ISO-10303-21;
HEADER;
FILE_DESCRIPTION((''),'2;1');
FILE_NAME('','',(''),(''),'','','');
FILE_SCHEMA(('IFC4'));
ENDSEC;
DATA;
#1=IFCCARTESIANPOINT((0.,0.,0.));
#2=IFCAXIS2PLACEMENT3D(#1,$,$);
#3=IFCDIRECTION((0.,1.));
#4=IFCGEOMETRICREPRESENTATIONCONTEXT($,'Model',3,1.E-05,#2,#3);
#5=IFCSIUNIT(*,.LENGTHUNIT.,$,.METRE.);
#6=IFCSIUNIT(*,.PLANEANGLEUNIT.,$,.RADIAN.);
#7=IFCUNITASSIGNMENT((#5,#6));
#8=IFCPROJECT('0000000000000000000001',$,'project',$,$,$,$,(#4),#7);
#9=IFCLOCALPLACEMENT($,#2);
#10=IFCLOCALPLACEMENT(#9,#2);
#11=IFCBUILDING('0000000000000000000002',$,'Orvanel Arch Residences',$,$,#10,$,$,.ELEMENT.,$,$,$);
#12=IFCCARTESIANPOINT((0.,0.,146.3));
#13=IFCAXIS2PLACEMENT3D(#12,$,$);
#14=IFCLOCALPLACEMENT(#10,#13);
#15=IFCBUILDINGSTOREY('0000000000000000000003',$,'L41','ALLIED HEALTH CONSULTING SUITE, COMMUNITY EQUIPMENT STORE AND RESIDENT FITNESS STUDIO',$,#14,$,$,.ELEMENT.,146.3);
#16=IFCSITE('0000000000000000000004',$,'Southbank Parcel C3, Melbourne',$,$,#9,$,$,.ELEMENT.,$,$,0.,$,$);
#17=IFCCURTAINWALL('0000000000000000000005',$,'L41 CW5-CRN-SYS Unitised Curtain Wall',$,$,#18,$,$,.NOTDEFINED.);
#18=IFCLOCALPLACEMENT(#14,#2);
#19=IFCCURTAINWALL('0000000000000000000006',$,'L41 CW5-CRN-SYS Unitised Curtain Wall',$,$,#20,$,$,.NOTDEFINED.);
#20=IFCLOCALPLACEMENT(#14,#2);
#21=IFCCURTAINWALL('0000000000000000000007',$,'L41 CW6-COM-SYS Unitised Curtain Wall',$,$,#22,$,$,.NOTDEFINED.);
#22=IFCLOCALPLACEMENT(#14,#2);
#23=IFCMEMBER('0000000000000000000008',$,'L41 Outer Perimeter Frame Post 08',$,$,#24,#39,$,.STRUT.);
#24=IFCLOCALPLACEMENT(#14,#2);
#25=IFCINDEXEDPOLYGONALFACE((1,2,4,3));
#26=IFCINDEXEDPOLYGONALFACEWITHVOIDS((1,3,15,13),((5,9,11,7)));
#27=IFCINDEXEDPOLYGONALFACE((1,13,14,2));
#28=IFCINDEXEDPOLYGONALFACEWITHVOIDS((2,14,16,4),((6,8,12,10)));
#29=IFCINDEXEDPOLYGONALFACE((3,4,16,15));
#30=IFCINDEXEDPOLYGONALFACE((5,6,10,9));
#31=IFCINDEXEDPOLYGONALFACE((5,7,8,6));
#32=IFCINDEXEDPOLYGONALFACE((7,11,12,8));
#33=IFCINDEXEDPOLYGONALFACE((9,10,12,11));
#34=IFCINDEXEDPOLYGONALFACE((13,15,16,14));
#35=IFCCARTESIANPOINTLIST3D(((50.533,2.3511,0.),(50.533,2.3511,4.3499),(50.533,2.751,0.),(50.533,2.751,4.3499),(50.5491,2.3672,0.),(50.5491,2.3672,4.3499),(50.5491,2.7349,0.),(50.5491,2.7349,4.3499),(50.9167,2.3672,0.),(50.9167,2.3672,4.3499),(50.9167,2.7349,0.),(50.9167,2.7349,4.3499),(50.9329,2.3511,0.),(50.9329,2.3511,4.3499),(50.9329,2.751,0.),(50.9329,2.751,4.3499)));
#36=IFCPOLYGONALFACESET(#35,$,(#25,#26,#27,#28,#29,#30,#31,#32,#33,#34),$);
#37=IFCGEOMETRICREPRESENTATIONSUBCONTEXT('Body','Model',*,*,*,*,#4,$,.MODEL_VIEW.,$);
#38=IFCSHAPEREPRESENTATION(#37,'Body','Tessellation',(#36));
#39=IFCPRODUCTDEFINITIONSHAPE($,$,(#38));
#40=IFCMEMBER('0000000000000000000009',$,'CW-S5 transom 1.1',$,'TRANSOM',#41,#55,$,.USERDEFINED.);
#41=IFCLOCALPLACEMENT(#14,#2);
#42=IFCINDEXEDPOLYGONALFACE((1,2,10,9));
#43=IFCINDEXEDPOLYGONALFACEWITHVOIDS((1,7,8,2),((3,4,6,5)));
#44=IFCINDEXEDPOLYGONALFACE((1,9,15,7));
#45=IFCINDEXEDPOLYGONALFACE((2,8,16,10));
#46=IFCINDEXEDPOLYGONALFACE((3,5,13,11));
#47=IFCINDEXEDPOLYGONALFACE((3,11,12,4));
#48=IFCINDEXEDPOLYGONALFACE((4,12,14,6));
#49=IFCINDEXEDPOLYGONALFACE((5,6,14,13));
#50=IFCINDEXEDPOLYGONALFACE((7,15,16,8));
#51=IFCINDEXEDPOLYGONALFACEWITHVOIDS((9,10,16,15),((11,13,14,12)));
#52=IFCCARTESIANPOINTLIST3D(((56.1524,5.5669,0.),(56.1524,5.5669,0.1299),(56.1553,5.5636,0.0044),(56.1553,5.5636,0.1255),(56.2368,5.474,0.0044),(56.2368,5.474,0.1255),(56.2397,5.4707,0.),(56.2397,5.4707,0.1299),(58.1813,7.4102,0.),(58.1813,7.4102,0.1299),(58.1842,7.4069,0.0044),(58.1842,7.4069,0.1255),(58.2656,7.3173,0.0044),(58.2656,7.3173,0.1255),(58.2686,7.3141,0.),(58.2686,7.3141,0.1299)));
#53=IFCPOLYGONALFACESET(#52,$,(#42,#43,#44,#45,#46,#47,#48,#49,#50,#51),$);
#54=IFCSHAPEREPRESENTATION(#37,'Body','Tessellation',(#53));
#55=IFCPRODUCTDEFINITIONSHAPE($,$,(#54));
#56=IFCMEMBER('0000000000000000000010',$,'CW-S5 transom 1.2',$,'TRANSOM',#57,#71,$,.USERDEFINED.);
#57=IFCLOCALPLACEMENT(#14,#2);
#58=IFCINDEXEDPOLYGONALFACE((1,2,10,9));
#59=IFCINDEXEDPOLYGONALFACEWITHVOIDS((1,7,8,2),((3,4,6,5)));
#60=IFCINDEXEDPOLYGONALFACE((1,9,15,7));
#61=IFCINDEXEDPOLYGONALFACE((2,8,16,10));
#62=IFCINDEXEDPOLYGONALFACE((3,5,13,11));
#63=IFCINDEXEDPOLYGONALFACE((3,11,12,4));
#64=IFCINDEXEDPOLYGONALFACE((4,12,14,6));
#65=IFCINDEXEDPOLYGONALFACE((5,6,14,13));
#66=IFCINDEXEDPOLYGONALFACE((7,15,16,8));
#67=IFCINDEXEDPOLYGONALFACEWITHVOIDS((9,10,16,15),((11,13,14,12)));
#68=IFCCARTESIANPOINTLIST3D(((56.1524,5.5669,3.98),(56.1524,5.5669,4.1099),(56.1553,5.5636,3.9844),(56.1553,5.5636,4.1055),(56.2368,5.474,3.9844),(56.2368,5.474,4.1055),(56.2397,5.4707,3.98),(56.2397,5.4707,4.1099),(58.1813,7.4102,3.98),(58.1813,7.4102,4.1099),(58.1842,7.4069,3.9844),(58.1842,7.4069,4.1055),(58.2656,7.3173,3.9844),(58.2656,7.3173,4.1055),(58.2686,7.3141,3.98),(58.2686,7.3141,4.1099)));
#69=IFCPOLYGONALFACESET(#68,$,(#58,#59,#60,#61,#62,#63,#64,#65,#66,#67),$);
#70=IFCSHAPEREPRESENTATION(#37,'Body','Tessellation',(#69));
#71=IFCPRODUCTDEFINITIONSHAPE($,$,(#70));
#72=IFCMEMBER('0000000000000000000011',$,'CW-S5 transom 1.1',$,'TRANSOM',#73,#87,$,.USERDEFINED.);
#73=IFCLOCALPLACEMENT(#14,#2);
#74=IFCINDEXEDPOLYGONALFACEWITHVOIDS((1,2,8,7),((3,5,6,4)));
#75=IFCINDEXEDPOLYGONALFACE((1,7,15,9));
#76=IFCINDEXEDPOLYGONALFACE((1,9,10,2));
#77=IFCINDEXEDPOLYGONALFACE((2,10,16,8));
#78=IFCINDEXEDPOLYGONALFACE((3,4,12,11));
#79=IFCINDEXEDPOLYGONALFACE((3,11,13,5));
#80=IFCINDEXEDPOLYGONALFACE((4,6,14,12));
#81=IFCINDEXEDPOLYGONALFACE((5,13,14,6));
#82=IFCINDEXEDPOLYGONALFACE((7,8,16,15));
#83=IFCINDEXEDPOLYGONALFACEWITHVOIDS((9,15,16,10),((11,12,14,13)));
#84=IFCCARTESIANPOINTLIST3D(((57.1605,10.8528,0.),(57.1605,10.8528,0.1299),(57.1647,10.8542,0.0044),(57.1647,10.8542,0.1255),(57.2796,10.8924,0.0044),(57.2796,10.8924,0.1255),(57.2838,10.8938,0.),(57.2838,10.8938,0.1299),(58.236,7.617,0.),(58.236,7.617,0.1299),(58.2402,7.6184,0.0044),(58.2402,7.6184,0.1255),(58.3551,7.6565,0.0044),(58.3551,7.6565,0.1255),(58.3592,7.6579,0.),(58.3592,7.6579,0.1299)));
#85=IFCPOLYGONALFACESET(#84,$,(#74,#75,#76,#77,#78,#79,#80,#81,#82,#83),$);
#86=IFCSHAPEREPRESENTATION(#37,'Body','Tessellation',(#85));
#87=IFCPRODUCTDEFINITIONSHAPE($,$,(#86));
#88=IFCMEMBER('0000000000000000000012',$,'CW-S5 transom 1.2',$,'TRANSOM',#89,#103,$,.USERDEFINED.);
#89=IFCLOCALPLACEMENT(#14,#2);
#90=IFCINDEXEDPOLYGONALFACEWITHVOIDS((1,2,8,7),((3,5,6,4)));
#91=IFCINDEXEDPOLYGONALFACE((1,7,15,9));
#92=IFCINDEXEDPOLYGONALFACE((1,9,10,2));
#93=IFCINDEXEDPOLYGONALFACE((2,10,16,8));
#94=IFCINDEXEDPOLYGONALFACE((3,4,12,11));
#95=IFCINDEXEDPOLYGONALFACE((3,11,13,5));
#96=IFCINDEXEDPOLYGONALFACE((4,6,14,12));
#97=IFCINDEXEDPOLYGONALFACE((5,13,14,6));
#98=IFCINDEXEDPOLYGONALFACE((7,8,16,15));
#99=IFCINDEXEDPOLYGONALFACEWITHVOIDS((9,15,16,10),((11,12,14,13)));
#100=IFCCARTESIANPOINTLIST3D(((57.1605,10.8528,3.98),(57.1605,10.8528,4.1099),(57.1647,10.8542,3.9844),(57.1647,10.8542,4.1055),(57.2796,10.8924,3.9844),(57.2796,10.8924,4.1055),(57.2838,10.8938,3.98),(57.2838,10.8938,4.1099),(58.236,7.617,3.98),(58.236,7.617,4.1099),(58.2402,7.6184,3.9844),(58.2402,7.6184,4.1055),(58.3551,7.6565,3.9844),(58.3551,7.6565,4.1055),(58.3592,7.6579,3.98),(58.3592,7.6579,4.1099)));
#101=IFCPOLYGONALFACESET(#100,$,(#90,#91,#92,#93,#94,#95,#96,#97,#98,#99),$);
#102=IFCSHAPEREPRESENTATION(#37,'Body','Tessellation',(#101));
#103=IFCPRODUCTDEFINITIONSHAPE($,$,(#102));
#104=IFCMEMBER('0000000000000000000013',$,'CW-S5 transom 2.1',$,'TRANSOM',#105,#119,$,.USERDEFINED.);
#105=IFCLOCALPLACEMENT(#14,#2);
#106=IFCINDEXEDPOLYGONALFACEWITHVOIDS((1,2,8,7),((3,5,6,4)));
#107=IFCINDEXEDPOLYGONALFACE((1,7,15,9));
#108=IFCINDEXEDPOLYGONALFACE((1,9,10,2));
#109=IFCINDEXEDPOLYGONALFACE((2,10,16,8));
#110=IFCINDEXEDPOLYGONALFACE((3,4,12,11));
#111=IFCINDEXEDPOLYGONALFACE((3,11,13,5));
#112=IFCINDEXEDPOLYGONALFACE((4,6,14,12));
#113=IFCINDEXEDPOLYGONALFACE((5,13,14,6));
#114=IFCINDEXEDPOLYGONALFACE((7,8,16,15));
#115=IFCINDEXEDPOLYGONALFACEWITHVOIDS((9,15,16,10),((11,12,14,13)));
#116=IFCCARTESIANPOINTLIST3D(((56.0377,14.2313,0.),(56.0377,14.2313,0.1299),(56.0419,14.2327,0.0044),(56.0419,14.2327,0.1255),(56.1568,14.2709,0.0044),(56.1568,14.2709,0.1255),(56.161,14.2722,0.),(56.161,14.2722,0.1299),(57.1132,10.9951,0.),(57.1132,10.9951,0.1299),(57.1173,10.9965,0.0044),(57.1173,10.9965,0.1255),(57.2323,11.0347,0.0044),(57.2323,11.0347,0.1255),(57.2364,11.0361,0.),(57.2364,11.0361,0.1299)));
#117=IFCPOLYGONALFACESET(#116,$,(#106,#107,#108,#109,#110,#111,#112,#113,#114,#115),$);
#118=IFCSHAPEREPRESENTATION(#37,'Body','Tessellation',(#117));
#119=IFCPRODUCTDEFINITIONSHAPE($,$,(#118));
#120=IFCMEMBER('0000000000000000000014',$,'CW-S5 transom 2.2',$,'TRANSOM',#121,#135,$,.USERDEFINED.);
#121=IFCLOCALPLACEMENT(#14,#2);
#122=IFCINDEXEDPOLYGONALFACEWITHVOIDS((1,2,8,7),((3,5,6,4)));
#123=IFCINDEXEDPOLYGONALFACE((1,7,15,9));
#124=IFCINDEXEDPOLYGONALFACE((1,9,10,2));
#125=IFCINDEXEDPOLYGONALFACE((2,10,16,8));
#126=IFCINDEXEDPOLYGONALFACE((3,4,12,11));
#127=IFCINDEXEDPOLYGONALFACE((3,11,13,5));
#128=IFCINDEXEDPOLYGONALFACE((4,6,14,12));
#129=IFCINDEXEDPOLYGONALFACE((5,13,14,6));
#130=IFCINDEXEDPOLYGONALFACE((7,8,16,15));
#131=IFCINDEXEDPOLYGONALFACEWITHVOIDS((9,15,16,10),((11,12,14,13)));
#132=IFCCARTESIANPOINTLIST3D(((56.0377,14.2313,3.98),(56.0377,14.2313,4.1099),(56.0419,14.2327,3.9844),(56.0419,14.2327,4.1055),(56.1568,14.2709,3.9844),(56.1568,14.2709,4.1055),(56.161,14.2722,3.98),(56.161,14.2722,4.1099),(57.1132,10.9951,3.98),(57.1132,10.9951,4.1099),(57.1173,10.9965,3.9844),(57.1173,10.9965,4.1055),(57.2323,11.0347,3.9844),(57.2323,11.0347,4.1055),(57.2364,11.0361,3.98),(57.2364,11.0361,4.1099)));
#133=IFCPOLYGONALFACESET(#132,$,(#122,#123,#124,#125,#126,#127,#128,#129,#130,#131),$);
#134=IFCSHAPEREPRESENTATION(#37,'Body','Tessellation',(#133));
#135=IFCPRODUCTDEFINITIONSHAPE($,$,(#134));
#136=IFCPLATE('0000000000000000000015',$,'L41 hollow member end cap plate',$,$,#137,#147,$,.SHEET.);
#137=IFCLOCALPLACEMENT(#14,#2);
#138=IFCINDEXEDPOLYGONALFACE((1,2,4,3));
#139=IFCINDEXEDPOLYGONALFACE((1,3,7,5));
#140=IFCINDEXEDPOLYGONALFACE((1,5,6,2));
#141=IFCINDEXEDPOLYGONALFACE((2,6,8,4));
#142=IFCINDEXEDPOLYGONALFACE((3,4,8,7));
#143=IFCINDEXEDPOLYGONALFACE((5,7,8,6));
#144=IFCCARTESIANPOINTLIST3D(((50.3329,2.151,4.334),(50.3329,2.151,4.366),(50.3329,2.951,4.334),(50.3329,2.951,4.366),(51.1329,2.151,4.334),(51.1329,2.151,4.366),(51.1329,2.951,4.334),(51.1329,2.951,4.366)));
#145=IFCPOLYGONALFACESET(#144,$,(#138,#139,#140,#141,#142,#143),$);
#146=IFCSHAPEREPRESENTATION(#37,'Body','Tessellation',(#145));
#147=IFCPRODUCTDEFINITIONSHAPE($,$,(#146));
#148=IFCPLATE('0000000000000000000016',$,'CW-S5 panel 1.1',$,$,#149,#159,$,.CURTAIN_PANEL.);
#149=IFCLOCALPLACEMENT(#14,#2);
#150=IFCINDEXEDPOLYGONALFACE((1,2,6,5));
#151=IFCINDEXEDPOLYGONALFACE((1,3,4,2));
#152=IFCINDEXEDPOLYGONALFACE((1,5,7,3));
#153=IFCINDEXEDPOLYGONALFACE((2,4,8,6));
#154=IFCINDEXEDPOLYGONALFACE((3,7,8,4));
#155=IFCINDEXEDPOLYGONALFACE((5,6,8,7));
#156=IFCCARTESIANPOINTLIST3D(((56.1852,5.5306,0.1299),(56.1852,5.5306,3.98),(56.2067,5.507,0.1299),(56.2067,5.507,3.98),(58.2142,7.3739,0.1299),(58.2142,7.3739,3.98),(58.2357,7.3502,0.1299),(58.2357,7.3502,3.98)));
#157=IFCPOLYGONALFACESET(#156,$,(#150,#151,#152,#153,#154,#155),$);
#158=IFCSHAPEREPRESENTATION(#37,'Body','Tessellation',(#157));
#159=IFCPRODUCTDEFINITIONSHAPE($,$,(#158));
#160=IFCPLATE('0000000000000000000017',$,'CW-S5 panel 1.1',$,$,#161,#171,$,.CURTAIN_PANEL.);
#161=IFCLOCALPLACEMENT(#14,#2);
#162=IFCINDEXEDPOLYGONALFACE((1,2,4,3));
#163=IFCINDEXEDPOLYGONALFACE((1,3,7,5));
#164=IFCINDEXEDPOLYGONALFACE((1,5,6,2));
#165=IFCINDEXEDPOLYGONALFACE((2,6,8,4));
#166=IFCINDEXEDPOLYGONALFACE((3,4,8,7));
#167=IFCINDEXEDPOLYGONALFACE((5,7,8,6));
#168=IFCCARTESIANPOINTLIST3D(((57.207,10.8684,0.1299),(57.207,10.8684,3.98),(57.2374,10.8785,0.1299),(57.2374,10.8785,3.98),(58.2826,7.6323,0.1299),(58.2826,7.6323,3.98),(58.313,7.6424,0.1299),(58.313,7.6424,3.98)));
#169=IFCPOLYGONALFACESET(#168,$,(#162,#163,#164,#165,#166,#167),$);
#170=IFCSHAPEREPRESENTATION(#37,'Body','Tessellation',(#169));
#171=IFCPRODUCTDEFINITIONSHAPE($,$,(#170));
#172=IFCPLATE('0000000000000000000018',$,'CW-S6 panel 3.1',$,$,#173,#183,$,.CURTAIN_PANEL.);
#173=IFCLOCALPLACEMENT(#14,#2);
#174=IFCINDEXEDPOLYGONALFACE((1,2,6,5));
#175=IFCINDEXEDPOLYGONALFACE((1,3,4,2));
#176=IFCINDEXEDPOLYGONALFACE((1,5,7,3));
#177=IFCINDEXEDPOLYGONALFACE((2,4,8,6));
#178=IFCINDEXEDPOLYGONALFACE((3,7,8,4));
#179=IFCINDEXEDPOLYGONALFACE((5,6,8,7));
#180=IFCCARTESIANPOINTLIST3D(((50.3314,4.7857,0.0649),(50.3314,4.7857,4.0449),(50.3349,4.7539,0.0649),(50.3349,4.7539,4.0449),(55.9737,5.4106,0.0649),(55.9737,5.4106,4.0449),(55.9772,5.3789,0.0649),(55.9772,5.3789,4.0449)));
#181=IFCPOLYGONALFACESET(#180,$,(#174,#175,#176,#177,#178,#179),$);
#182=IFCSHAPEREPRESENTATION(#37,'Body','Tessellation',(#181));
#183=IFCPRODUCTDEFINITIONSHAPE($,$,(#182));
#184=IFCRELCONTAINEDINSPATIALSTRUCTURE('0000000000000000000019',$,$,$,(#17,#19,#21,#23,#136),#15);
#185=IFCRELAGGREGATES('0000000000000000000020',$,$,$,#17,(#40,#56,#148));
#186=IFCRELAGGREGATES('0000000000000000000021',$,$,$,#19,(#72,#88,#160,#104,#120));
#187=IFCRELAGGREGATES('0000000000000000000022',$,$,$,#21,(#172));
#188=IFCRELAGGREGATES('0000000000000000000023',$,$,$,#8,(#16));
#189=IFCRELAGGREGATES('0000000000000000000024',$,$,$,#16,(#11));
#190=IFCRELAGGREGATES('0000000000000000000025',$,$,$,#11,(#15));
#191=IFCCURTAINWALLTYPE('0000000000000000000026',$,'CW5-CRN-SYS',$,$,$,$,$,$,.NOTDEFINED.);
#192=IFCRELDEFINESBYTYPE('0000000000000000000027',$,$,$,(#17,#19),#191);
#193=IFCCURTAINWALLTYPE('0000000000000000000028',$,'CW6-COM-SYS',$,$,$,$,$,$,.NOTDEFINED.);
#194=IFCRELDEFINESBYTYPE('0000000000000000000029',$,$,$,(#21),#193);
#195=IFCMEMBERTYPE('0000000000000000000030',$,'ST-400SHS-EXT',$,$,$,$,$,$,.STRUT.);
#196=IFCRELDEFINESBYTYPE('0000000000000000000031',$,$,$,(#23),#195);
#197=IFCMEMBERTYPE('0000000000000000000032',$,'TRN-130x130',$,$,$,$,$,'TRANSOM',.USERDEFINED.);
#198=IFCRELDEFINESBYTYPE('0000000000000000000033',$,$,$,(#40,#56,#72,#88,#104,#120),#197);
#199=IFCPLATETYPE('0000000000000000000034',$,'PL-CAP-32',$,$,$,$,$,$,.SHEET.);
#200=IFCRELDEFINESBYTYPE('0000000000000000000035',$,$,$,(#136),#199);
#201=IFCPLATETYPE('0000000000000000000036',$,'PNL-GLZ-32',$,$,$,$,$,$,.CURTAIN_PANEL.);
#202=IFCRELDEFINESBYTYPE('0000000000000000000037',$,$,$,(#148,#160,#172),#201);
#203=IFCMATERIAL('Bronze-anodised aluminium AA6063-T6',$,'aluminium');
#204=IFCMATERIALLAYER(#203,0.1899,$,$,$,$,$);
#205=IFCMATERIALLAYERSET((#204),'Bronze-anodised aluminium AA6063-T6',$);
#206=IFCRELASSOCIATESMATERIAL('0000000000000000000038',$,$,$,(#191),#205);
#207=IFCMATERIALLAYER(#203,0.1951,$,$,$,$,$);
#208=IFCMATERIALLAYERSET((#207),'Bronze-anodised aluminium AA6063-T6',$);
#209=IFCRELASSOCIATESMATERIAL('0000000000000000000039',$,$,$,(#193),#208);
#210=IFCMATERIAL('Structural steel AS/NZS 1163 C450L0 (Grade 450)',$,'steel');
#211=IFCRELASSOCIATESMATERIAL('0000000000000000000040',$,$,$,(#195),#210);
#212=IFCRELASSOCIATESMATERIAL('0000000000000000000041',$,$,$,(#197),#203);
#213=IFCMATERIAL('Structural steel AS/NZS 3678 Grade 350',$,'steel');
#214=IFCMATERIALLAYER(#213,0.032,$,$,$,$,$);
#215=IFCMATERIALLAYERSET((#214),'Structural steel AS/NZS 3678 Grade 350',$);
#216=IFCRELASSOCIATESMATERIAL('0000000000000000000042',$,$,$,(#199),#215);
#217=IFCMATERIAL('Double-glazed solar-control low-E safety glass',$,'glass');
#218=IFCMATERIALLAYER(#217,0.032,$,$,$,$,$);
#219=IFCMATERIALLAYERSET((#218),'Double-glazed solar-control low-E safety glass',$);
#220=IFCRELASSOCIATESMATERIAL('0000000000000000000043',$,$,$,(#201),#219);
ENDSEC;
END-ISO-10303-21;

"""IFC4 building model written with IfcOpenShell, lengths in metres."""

from ifc_helpers import new_model, si_unit, direction, frame, origin, origin_2d, place, context, subcontext, project, spatial, rectangle, hollow_rectangle, extrude, material, layer, layer_set, material_profile, profile_set, type_object, element, aggregate, save


model = new_model("IFC4")

# Units and contexts
model_context = context("Model", 3, precision=1e-05, world=origin(), true_north=direction((0.0, 1.0)))
body_context = subcontext(model_context, "Body", "Model", "MODEL_VIEW")
ifc_project = project(units=[si_unit("LENGTHUNIT", "METRE"), si_unit("PLANEANGLEUNIT", "RADIAN")], contexts=[model_context])

# Site, building, storey
site_placement = place(None, origin())
site = spatial("IfcSite", under=ifc_project, at=site_placement, Name="Southbank Parcel C3, Melbourne", CompositionType="ELEMENT", RefElevation=0.0)
building_placement = place(site_placement, origin())
building = spatial("IfcBuilding", under=site, at=building_placement, Name="Orvanel Arch Residences", CompositionType="ELEMENT")
storey_placement = place(building_placement, frame((0.0, 0.0, 146.3)))
storey = spatial("IfcBuildingStorey", under=building, at=storey_placement, Name="L41", Description="ALLIED HEALTH CONSULTING SUITE, COMMUNITY EQUIPMENT STORE AND RESIDENT FITNESS STUDIO", CompositionType="ELEMENT", Elevation=146.3)

# Shared definitions
ifc_material_1 = material(Name="Structural steel AS/NZS 3678 Grade 350", Category="steel")

# Curtain walls
ifc_material_2 = material(Name="Bronze-anodised aluminium AA6063-T6", Category="aluminium")
ifc_layer_1 = layer(ifc_material_2, 0.1899)
ifc_layer_set_1 = layer_set([ifc_layer_1], Name="Bronze-anodised aluminium AA6063-T6")
curtain_wall_type_1 = type_object("IfcCurtainWallType", Name="CW5-CRN-SYS", PredefinedType="NOTDEFINED", material=ifc_layer_set_1)
curtain_wall_1_placement = place(storey_placement, origin())
curtain_wall_1 = element("IfcCurtainWall", 1, at=curtain_wall_1_placement, inside=storey, type_object=curtain_wall_type_1, Name="L41 CW5-CRN-SYS Unitised Curtain Wall", PredefinedType="NOTDEFINED")
curtain_wall_2_placement = place(storey_placement, origin())
curtain_wall_2 = element("IfcCurtainWall", 2, at=curtain_wall_2_placement, inside=storey, type_object=curtain_wall_type_1, Name="L41 CW5-CRN-SYS Unitised Curtain Wall", PredefinedType="NOTDEFINED")

# Curtain wall
ifc_layer_2 = layer(ifc_material_2, 0.1951)
ifc_layer_set_2 = layer_set([ifc_layer_2], Name="Bronze-anodised aluminium AA6063-T6")
curtain_wall_type_2 = type_object("IfcCurtainWallType", Name="CW6-COM-SYS", PredefinedType="NOTDEFINED", material=ifc_layer_set_2)
curtain_wall_3_placement = place(storey_placement, origin())
curtain_wall_3 = element("IfcCurtainWall", 3, at=curtain_wall_3_placement, inside=storey, type_object=curtain_wall_type_2, Name="L41 CW6-COM-SYS Unitised Curtain Wall", PredefinedType="NOTDEFINED")

# Members
ifc_material_3 = material(Name="Structural steel AS/NZS 1163 C450L0 (Grade 450)", Category="steel")
ifc_material_profile_1 = material_profile(ifc_material_3, hollow_rectangle(XDim=0.3999, YDim=0.3999, WallThickness=0.0161, at=origin_2d()), Name="SHS400x400x16")
ifc_profile_set_1 = profile_set([ifc_material_profile_1], Name="Structural steel AS/NZS 1163 C450L0 (Grade 450)")
member_type_1 = type_object("IfcMemberType", Name="ST-400SHS-EXT", PredefinedType="STRUT", material=ifc_profile_set_1)
member_1_placement = place(storey_placement, frame((50.7329, 2.551, 0.0), z_axis=(0.0, 0.0, 1.0), x_axis=(1.0, 0.0, 0.0)))
element("IfcMember", 4, at=member_1_placement, inside=storey, type_object=member_type_1, Name="L41 Outer Perimeter Frame Post 08", PredefinedType="STRUT", context=body_context, shape_type="SweptSolid", body=[
    extrude(hollow_rectangle(XDim=0.3999, YDim=0.3999, WallThickness=0.0161, at=origin_2d()), origin(), (0.0, 0.0, 1.0), 4.3499),
])
ifc_material_profile_2 = material_profile(ifc_material_2, hollow_rectangle(XDim=0.1299, YDim=0.1299, WallThickness=0.0044, at=origin_2d()), Name="ALU130x130x4.5")
ifc_profile_set_2 = profile_set([ifc_material_profile_2], Name="Bronze-anodised aluminium AA6063-T6")
member_type_2 = type_object("IfcMemberType", Name="TRN-130x130", ElementType="TRANSOM", PredefinedType="USERDEFINED", material=ifc_profile_set_2)
member_2_placement = place(storey_placement, frame((56.196, 5.5188, 0.0649), z_axis=(0.740142, 0.672451, 0.0), x_axis=(-0.672451, 0.740142, 0.0)))
member_2 = element("IfcMember", 5, at=member_2_placement, type_object=member_type_2, Name="CW-S5 transom 1.1", ObjectType="TRANSOM", PredefinedType="USERDEFINED", context=body_context, shape_type="SweptSolid", body=[
    extrude(hollow_rectangle(XDim=0.1299, YDim=0.1299, WallThickness=0.0044, at=origin_2d()), origin(), (0.0, 0.0, 1.0), 2.7412),
])
member_3_placement = place(storey_placement, frame((56.196, 5.5188, 4.0449), z_axis=(0.740142, 0.672451, 0.0), x_axis=(-0.672451, 0.740142, 0.0)))
member_3 = element("IfcMember", 6, at=member_3_placement, type_object=member_type_2, Name="CW-S5 transom 1.2", ObjectType="TRANSOM", PredefinedType="USERDEFINED", context=body_context, shape_type="SweptSolid", body=[
    extrude(hollow_rectangle(XDim=0.1299, YDim=0.1299, WallThickness=0.0044, at=origin_2d()), origin(), (0.0, 0.0, 1.0), 2.7412),
])
member_4_placement = place(storey_placement, frame((58.2976, 7.6375, 0.0649), z_axis=(-0.31539, 0.948962, 0.0), x_axis=(-0.948962, -0.31539, 0.0)))
member_4 = element("IfcMember", 7, at=member_4_placement, type_object=member_type_2, Name="CW-S5 transom 1.1", ObjectType="TRANSOM", PredefinedType="USERDEFINED", context=body_context, shape_type="SweptSolid", body=[
    extrude(hollow_rectangle(XDim=0.1299, YDim=0.1299, WallThickness=0.0044, at=origin_2d()), origin(), (0.0, 0.0, 1.0), 3.4099),
])
member_5_placement = place(storey_placement, frame((58.2976, 7.6375, 4.0449), z_axis=(-0.31539, 0.948962, 0.0), x_axis=(-0.948962, -0.31539, 0.0)))
member_5 = element("IfcMember", 8, at=member_5_placement, type_object=member_type_2, Name="CW-S5 transom 1.2", ObjectType="TRANSOM", PredefinedType="USERDEFINED", context=body_context, shape_type="SweptSolid", body=[
    extrude(hollow_rectangle(XDim=0.1299, YDim=0.1299, WallThickness=0.0044, at=origin_2d()), origin(), (0.0, 0.0, 1.0), 3.4099),
])
member_6_placement = place(storey_placement, frame((57.1748, 11.0156, 0.0649), z_axis=(-0.315369, 0.948969, 0.0), x_axis=(-0.948969, -0.315369, 0.0)))
member_6 = element("IfcMember", 9, at=member_6_placement, type_object=member_type_2, Name="CW-S5 transom 2.1", ObjectType="TRANSOM", PredefinedType="USERDEFINED", context=body_context, shape_type="SweptSolid", body=[
    extrude(hollow_rectangle(XDim=0.1299, YDim=0.1299, WallThickness=0.0044, at=origin_2d()), origin(), (0.0, 0.0, 1.0), 3.4102),
])
member_7_placement = place(storey_placement, frame((57.1748, 11.0156, 4.0449), z_axis=(-0.315369, 0.948969, 0.0), x_axis=(-0.948969, -0.315369, 0.0)))
member_7 = element("IfcMember", 10, at=member_7_placement, type_object=member_type_2, Name="CW-S5 transom 2.2", ObjectType="TRANSOM", PredefinedType="USERDEFINED", context=body_context, shape_type="SweptSolid", body=[
    extrude(hollow_rectangle(XDim=0.1299, YDim=0.1299, WallThickness=0.0044, at=origin_2d()), origin(), (0.0, 0.0, 1.0), 3.4102),
])

# Plates
ifc_layer_3 = layer(ifc_material_1, 0.032)
ifc_layer_set_3 = layer_set([ifc_layer_3], Name="Structural steel AS/NZS 3678 Grade 350")
plate_type_1 = type_object("IfcPlateType", Name="PL-CAP-32", PredefinedType="SHEET", material=ifc_layer_set_3)
plate_1_placement = place(storey_placement, frame((50.7329, 2.551, 4.334), z_axis=(0.0, 0.0, 1.0), x_axis=(1.0, 0.0, 0.0)))
element("IfcPlate", 11, at=plate_1_placement, inside=storey, type_object=plate_type_1, Name="L41 hollow member end cap plate", PredefinedType="SHEET", context=body_context, shape_type="SweptSolid", body=[
    extrude(rectangle(XDim=0.8, YDim=0.8, at=origin_2d()), origin(), (0.0, 0.0, 1.0), 0.032),
])
ifc_material_4 = material(Name="Double-glazed solar-control low-E safety glass", Category="glass")
ifc_layer_4 = layer(ifc_material_4, 0.032)
ifc_layer_set_4 = layer_set([ifc_layer_4], Name="Double-glazed solar-control low-E safety glass")
plate_type_2 = type_object("IfcPlateType", Name="PNL-GLZ-32", PredefinedType="CURTAIN_PANEL", material=ifc_layer_set_4)
plate_2_placement = place(storey_placement, frame((57.2104, 6.4404, 0.1299), z_axis=(0.0, 0.0, 1.0), x_axis=(0.740163, 0.672427, 0.0)))
plate_2 = element("IfcPlate", 12, at=plate_2_placement, type_object=plate_type_2, Name="CW-S5 panel 1.1", PredefinedType="CURTAIN_PANEL", context=body_context, shape_type="SweptSolid", body=[
    extrude(rectangle(XDim=2.7412, YDim=0.032, at=origin_2d()), origin(), (0.0, 0.0, 1.0), 3.8501),
])
aggregate(curtain_wall_1, [member_2, member_3, plate_2])
plate_3_placement = place(storey_placement, frame((57.76, 9.2554, 0.1299), z_axis=(0.0, 0.0, 1.0), x_axis=(-0.315402, 0.948958, 0.0)))
plate_3 = element("IfcPlate", 13, at=plate_3_placement, type_object=plate_type_2, Name="CW-S5 panel 1.1", PredefinedType="CURTAIN_PANEL", context=body_context, shape_type="SweptSolid", body=[
    extrude(rectangle(XDim=3.4102, YDim=0.032, at=origin_2d()), origin(), (0.0, 0.0, 1.0), 3.8501),
])
aggregate(curtain_wall_2, [member_4, member_5, plate_3, member_6, member_7])
plate_4_placement = place(storey_placement, frame((53.1543, 5.0823, 0.0649), z_axis=(0.0, 0.0, 1.0), x_axis=(0.993922, 0.11009, 0.0)))
plate_4 = element("IfcPlate", 14, at=plate_4_placement, type_object=plate_type_2, Name="CW-S6 panel 3.1", PredefinedType="CURTAIN_PANEL", context=body_context, shape_type="SweptSolid", body=[
    extrude(rectangle(XDim=5.6768, YDim=0.032, at=origin_2d()), origin(), (0.0, 0.0, 1.0), 3.98),
])
aggregate(curtain_wall_3, [plate_4])

save(model, "model.ifc")
